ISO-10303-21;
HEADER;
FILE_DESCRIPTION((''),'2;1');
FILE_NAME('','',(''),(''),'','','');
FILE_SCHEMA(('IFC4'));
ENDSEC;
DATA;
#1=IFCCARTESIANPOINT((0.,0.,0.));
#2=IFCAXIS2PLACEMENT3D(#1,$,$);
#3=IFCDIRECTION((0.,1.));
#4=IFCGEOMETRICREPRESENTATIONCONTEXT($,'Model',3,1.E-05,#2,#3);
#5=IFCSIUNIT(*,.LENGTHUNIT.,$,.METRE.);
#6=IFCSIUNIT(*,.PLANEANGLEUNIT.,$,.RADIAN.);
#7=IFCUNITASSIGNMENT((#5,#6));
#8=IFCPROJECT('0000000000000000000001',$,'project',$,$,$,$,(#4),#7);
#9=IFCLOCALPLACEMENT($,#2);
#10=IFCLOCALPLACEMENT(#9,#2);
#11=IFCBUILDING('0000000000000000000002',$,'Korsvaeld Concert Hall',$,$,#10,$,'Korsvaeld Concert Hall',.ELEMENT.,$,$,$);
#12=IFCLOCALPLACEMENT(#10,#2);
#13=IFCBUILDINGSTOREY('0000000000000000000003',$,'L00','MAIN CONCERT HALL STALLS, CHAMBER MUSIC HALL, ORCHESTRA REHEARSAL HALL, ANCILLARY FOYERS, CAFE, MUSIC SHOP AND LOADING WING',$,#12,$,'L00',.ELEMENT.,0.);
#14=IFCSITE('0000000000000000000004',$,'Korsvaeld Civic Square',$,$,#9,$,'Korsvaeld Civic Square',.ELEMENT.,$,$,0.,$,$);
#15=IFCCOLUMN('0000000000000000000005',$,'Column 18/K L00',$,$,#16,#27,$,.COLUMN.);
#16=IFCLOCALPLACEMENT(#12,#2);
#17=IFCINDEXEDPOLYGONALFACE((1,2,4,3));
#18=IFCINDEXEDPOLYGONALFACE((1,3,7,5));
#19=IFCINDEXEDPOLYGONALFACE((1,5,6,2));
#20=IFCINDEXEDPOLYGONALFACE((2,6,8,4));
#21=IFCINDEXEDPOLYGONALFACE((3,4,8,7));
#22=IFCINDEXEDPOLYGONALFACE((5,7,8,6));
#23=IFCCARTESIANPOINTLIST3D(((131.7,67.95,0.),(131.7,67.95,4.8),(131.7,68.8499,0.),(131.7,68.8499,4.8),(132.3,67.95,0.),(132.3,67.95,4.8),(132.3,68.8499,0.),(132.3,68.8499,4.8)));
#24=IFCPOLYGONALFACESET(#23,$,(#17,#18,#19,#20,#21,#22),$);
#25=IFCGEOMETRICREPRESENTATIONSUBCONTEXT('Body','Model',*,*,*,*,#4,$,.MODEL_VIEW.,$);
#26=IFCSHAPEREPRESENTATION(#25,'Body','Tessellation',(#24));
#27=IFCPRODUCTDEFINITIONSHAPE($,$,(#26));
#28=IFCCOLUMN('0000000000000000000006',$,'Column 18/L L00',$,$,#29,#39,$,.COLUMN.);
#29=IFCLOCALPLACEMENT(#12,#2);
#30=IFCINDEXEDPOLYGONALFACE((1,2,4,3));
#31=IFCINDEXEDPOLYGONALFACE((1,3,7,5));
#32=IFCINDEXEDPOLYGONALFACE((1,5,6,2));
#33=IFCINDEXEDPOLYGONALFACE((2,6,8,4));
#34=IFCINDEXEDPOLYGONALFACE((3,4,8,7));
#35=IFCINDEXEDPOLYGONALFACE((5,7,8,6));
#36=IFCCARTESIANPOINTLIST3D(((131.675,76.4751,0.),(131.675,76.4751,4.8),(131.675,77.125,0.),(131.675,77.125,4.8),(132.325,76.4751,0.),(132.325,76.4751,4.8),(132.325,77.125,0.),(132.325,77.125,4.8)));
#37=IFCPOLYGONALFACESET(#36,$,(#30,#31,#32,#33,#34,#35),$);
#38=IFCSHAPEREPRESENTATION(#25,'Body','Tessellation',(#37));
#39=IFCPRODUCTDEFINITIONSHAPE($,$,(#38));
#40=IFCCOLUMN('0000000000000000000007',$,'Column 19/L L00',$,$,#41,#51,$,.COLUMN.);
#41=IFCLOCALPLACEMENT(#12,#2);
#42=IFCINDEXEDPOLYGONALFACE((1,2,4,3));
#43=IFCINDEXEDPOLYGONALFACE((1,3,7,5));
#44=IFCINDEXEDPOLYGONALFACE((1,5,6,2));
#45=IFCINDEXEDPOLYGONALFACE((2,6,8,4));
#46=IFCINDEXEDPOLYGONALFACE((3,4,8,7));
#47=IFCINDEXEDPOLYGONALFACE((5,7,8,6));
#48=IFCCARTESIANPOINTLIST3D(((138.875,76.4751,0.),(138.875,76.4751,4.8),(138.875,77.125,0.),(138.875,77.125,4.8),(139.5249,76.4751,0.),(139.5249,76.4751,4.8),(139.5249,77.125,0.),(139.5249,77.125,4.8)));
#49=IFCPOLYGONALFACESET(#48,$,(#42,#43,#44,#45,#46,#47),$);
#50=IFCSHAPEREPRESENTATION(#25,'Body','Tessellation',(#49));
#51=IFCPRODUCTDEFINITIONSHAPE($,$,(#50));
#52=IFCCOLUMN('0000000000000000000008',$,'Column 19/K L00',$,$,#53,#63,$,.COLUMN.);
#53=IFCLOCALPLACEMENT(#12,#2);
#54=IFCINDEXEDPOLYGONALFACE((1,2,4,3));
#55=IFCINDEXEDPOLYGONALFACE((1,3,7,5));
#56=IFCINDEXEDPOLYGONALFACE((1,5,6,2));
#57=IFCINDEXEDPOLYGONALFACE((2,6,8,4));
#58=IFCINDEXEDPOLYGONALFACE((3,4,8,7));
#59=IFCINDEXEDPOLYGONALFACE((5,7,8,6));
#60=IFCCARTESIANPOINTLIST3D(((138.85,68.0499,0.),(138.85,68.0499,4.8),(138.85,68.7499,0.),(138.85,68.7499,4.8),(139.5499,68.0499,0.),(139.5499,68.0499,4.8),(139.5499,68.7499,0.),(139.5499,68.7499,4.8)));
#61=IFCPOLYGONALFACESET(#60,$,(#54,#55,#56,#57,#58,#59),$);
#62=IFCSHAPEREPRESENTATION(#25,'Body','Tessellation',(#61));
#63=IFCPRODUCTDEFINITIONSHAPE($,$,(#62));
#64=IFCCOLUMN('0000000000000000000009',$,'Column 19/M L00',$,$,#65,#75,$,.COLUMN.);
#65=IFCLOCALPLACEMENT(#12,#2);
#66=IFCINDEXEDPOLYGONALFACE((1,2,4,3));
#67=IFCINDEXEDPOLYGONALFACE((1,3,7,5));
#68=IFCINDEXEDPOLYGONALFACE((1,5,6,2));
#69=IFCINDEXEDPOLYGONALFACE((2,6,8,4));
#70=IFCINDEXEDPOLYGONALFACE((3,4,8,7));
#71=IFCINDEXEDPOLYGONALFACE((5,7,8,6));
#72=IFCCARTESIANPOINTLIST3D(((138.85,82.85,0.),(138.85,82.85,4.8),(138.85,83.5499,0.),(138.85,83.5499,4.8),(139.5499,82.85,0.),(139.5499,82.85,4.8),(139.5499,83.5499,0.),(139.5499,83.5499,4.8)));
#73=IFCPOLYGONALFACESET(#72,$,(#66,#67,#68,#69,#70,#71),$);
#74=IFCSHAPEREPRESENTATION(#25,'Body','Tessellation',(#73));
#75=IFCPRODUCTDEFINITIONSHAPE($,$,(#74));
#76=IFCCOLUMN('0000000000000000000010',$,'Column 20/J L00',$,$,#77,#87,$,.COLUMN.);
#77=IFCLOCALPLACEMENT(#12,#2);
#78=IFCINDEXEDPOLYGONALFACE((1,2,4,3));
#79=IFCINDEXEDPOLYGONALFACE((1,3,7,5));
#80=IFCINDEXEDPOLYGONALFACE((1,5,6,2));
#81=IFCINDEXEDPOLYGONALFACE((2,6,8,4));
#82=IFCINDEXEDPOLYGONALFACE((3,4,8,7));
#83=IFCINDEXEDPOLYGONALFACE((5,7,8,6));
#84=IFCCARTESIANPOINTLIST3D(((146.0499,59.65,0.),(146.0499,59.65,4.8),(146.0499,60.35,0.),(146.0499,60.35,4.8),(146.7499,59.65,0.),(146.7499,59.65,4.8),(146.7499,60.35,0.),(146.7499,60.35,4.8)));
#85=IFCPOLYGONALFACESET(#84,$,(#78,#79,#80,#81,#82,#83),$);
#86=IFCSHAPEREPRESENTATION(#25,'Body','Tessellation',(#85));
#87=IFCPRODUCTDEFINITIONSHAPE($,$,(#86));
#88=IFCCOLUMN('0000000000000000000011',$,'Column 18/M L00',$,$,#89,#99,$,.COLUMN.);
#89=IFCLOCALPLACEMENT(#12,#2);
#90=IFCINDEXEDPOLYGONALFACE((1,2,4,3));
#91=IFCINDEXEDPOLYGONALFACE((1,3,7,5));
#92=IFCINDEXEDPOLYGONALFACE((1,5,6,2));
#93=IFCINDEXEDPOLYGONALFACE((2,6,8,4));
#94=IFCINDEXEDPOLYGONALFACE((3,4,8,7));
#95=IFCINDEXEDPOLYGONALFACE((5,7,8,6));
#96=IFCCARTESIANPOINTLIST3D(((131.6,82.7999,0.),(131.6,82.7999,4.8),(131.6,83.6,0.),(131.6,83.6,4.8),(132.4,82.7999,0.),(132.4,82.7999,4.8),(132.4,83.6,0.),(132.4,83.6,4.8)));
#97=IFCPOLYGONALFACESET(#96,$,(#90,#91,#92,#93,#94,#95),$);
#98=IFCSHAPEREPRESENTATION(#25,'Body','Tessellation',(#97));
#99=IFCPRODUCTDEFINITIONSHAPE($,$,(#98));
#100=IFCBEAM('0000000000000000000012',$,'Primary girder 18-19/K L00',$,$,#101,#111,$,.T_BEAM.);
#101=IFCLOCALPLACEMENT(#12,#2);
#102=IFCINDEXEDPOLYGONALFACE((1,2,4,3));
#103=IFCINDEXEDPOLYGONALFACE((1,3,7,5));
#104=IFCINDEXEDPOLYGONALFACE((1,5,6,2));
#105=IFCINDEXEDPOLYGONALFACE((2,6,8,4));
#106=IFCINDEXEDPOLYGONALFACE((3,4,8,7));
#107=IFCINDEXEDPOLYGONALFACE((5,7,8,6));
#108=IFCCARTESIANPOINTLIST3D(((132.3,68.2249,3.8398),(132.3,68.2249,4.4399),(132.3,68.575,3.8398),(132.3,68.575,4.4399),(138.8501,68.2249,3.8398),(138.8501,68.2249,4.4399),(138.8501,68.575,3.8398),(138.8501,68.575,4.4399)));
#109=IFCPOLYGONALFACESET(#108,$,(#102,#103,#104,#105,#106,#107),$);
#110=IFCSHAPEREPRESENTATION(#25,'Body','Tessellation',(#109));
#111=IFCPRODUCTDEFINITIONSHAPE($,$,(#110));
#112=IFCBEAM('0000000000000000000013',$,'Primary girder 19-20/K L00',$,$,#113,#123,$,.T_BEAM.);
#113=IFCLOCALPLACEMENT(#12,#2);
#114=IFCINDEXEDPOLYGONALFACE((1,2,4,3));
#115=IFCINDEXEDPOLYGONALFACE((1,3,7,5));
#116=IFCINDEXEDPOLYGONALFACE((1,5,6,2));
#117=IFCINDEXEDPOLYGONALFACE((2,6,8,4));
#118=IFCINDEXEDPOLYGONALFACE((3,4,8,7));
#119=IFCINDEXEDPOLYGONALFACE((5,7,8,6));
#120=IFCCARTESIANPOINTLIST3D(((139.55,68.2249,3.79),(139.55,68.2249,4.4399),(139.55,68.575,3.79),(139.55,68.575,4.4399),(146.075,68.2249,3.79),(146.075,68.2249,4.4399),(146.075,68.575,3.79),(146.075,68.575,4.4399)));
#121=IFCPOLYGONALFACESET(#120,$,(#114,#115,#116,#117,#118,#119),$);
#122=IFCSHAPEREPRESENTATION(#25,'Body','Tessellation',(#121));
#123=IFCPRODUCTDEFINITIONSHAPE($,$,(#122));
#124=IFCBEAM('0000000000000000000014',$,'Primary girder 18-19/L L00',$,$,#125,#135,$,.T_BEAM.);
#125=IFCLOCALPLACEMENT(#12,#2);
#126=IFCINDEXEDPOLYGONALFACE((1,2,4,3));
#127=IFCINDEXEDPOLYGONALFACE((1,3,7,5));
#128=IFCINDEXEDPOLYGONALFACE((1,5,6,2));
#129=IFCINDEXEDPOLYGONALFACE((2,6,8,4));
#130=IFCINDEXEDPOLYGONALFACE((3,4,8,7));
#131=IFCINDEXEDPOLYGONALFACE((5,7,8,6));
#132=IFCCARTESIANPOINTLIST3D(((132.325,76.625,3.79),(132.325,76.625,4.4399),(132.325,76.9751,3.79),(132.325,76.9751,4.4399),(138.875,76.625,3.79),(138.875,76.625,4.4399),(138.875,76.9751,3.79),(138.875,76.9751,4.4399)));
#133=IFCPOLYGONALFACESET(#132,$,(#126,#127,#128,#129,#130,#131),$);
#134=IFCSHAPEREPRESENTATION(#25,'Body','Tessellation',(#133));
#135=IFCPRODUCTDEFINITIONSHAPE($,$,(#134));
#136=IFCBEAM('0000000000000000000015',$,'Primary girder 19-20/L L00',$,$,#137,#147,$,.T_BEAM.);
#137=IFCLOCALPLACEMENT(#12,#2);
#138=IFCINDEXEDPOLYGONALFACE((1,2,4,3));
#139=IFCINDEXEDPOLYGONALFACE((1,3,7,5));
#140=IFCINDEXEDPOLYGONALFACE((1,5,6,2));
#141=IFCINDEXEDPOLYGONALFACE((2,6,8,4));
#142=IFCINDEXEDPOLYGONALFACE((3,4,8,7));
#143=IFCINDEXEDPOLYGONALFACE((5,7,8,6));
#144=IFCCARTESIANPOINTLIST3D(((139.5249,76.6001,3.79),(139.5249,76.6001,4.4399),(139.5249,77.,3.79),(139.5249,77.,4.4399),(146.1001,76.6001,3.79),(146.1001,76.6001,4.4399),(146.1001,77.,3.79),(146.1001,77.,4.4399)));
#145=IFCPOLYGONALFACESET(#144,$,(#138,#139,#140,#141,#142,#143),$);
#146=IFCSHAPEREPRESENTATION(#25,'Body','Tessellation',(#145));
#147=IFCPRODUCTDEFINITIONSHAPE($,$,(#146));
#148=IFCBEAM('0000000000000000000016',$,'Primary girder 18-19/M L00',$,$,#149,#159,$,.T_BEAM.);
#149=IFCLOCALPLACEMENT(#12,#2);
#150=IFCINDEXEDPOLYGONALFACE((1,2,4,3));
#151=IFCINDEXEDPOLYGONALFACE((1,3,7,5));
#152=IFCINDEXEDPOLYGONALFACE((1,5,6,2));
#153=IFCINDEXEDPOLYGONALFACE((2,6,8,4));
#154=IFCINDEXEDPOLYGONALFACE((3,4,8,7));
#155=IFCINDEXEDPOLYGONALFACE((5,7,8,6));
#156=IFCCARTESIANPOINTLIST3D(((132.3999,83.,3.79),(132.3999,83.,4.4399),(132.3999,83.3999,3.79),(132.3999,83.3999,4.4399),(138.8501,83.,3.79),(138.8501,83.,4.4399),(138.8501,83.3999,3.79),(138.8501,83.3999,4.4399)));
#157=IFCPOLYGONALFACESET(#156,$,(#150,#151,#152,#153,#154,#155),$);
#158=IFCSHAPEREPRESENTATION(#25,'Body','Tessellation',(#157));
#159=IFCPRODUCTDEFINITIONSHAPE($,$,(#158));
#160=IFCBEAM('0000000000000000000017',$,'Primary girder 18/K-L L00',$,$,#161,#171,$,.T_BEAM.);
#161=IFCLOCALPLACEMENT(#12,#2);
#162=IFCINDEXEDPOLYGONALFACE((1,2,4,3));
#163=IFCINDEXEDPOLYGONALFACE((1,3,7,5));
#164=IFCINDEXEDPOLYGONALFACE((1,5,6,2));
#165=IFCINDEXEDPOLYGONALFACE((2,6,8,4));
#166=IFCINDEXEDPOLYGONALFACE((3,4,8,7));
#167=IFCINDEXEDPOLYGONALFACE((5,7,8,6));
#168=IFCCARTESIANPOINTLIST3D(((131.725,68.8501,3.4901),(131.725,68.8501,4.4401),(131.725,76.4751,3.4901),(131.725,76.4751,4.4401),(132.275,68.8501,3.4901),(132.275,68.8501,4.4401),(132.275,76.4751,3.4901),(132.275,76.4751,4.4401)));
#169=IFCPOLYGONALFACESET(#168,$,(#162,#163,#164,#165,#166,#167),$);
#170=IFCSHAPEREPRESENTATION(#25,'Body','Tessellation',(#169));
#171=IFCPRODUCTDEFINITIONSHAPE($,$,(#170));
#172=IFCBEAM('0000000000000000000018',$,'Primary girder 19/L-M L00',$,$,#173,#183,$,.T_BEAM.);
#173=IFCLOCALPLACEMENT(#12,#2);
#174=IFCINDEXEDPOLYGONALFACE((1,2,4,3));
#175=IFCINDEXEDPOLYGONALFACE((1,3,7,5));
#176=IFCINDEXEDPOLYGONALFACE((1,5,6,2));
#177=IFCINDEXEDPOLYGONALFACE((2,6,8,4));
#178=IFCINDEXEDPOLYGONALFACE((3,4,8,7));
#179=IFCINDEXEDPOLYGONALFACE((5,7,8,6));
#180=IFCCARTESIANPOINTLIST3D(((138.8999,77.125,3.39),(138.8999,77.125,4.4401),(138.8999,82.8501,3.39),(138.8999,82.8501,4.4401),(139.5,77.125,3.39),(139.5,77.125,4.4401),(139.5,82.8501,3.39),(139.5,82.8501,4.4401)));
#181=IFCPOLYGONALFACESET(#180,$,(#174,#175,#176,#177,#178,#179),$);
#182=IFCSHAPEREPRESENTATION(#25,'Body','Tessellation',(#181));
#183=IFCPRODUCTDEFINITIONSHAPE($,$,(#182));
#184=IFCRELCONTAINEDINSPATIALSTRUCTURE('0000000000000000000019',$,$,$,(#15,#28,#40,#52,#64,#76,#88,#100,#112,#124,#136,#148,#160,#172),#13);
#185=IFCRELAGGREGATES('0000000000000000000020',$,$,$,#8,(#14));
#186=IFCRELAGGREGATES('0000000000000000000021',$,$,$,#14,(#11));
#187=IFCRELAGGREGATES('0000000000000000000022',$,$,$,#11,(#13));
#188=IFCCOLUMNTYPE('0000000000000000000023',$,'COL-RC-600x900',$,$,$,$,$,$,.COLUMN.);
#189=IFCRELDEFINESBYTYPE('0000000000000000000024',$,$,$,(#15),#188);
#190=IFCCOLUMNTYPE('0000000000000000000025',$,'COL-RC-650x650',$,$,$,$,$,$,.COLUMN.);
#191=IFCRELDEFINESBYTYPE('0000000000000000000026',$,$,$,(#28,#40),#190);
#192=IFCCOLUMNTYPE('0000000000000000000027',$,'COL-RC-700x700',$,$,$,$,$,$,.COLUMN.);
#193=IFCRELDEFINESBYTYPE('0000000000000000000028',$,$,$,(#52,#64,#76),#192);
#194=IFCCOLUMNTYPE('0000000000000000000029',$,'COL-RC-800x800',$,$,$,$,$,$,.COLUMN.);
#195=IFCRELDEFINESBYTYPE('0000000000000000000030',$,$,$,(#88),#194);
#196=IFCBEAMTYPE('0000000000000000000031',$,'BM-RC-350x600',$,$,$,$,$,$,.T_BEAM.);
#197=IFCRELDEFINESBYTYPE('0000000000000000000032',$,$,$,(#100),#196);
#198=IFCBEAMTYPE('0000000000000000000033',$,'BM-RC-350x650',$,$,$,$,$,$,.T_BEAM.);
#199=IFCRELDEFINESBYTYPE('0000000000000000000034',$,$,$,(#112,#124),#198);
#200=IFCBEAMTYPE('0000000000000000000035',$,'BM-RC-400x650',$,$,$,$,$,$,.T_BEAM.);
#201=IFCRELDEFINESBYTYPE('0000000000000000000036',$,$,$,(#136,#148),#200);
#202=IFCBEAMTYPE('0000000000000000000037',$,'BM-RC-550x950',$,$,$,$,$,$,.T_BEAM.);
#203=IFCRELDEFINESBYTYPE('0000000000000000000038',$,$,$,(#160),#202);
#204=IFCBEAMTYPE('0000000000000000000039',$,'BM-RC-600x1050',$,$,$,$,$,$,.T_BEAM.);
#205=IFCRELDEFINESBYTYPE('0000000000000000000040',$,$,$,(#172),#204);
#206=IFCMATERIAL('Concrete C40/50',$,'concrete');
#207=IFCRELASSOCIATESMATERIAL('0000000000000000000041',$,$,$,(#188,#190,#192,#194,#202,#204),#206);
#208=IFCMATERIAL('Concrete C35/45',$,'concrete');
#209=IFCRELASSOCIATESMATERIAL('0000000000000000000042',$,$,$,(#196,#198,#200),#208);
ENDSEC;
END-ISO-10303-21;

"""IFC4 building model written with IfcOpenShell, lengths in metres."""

from ifc_helpers import new_model, si_unit, direction, frame, origin, origin_2d, place, context, subcontext, project, spatial, rectangle, extrude, material, material_profile, profile_set, type_object, element, save


model = new_model("IFC4")

# Units and contexts
model_context = context("Model", 3, precision=1e-05, world=origin(), true_north=direction((0.0, 1.0)))
body_context = subcontext(model_context, "Body", "Model", "MODEL_VIEW")
ifc_project = project(units=[si_unit("LENGTHUNIT", "METRE"), si_unit("PLANEANGLEUNIT", "RADIAN")], contexts=[model_context])

# Site, building, storey
site_placement = place(None, origin())
site = spatial("IfcSite", under=ifc_project, at=site_placement, Name="Korsvaeld Civic Square", LongName="Korsvaeld Civic Square", CompositionType="ELEMENT", RefElevation=0.0)
building_placement = place(site_placement, origin())
building = spatial("IfcBuilding", under=site, at=building_placement, Name="Korsvaeld Concert Hall", LongName="Korsvaeld Concert Hall", CompositionType="ELEMENT")
storey_placement = place(building_placement, origin())
storey = spatial("IfcBuildingStorey", under=building, at=storey_placement, Name="L00", Description="MAIN CONCERT HALL STALLS, CHAMBER MUSIC HALL, ORCHESTRA REHEARSAL HALL, ANCILLARY FOYERS, CAFE, MUSIC SHOP AND LOADING WING", LongName="L00", CompositionType="ELEMENT", Elevation=0.0)

# Columns
ifc_material_1 = material(Name="Concrete C40/50", Category="concrete")
ifc_material_profile_1 = material_profile(ifc_material_1, rectangle(XDim=0.6001, YDim=0.8999, at=origin_2d()), Name="RC 600x900")
ifc_profile_set_1 = profile_set([ifc_material_profile_1], Name="Concrete C40/50")
column_type_1 = type_object("IfcColumnType", Name="COL-RC-600x900", PredefinedType="COLUMN", material=ifc_profile_set_1)
column_1_placement = place(storey_placement, frame((132.0, 68.3999, 0.0), z_axis=(0.0, 0.0, 1.0), x_axis=(1.0, 0.0, 0.0)))
element("IfcColumn", 1, at=column_1_placement, inside=storey, type_object=column_type_1, Name="Column 18/K L00", PredefinedType="COLUMN", context=body_context, shape_type="SweptSolid", body=[
    extrude(rectangle(XDim=0.6001, YDim=0.8999, at=origin_2d()), origin(), (0.0, 0.0, 1.0), 4.8),
])
ifc_material_profile_2 = material_profile(ifc_material_1, rectangle(XDim=0.6499, YDim=0.6499, at=origin_2d()), Name="RC 650x650")
ifc_profile_set_2 = profile_set([ifc_material_profile_2], Name="Concrete C40/50")
column_type_2 = type_object("IfcColumnType", Name="COL-RC-650x650", PredefinedType="COLUMN", material=ifc_profile_set_2)
for number, where, z_axis, x_axis, name in (
    (2, (132.0, 76.8, 0.0), (0.0, 0.0, 1.0), (1.0, 0.0, 0.0), "Column 18/L L00"),
    (3, (139.2, 76.8, 0.0), (0.0, 0.0, 1.0), (1.0, 0.0, 0.0), "Column 19/L L00"),
):
    element("IfcColumn", number, at=place(storey_placement, frame(where, z_axis=z_axis, x_axis=x_axis)), inside=storey, type_object=column_type_2, Name=name, PredefinedType="COLUMN", context=body_context, shape_type="SweptSolid", body=[
        extrude(rectangle(XDim=0.6499, YDim=0.6499, at=origin_2d()), origin(), (0.0, 0.0, 1.0), 4.8),
    ])
ifc_material_profile_3 = material_profile(ifc_material_1, rectangle(XDim=0.7, YDim=0.7, at=origin_2d()), Name="RC 700x700")
ifc_profile_set_3 = profile_set([ifc_material_profile_3], Name="Concrete C40/50")
column_type_3 = type_object("IfcColumnType", Name="COL-RC-700x700", PredefinedType="COLUMN", material=ifc_profile_set_3)
for number, where, z_axis, x_axis, name in (
    (4, (139.2, 68.3999, 0.0), (0.0, 0.0, 1.0), (1.0, 0.0, 0.0), "Column 19/K L00"),
    (5, (139.2, 83.2, 0.0), (0.0, 0.0, 1.0), (1.0, 0.0, 0.0), "Column 19/M L00"),
    (6, (146.3999, 60.0, 0.0), (0.0, 0.0, 1.0), (1.0, 0.0, 0.0), "Column 20/J L00"),
):
    element("IfcColumn", number, at=place(storey_placement, frame(where, z_axis=z_axis, x_axis=x_axis)), inside=storey, type_object=column_type_3, Name=name, PredefinedType="COLUMN", context=body_context, shape_type="SweptSolid", body=[
        extrude(rectangle(XDim=0.7, YDim=0.7, at=origin_2d()), origin(), (0.0, 0.0, 1.0), 4.8),
    ])
ifc_material_profile_4 = material_profile(ifc_material_1, rectangle(XDim=0.8, YDim=0.8, at=origin_2d()), Name="RC 800x800")
ifc_profile_set_4 = profile_set([ifc_material_profile_4], Name="Concrete C40/50")
column_type_4 = type_object("IfcColumnType", Name="COL-RC-800x800", PredefinedType="COLUMN", material=ifc_profile_set_4)
column_2_placement = place(storey_placement, frame((132.0, 83.2, 0.0), z_axis=(0.0, 0.0, 1.0), x_axis=(1.0, 0.0, 0.0)))
element("IfcColumn", 7, at=column_2_placement, inside=storey, type_object=column_type_4, Name="Column 18/M L00", PredefinedType="COLUMN", context=body_context, shape_type="SweptSolid", body=[
    extrude(rectangle(XDim=0.8, YDim=0.8, at=origin_2d()), origin(), (0.0, 0.0, 1.0), 4.8),
])

# Beams
ifc_material_2 = material(Name="Concrete C35/45", Category="concrete")
ifc_material_profile_5 = material_profile(ifc_material_2, rectangle(XDim=0.3501, YDim=0.6001, at=origin_2d()), Name="RC 350x600")
ifc_profile_set_5 = profile_set([ifc_material_profile_5], Name="Concrete C35/45")
beam_type_1 = type_object("IfcBeamType", Name="BM-RC-350x600", PredefinedType="T_BEAM", material=ifc_profile_set_5)
beam_1_placement = place(storey_placement, frame((132.3, 68.3999, 4.1399), z_axis=(1.0, 0.0, 0.0), x_axis=(0.0, 1.0, 0.0)))
element("IfcBeam", 8, at=beam_1_placement, inside=storey, type_object=beam_type_1, Name="Primary girder 18-19/K L00", PredefinedType="T_BEAM", context=body_context, shape_type="SweptSolid", body=[
    extrude(rectangle(XDim=0.3501, YDim=0.6001, at=origin_2d()), origin(), (0.0, 0.0, 1.0), 6.55),
])
ifc_material_profile_6 = material_profile(ifc_material_2, rectangle(XDim=0.3501, YDim=0.6499, at=origin_2d()), Name="RC 350x650")
ifc_profile_set_6 = profile_set([ifc_material_profile_6], Name="Concrete C35/45")
beam_type_2 = type_object("IfcBeamType", Name="BM-RC-350x650", PredefinedType="T_BEAM", material=ifc_profile_set_6)
beam_2_placement = place(storey_placement, frame((139.55, 68.3999, 4.115), z_axis=(1.0, 0.0, 0.0), x_axis=(0.0, 1.0, 0.0)))
element("IfcBeam", 9, at=beam_2_placement, inside=storey, type_object=beam_type_2, Name="Primary girder 19-20/K L00", PredefinedType="T_BEAM", context=body_context, shape_type="SweptSolid", body=[
    extrude(rectangle(XDim=0.3501, YDim=0.6499, at=origin_2d()), origin(), (0.0, 0.0, 1.0), 6.5249),
])
beam_3_placement = place(storey_placement, frame((132.325, 76.8, 4.115), z_axis=(1.0, 0.0, 0.0), x_axis=(0.0, 1.0, 0.0)))
element("IfcBeam", 10, at=beam_3_placement, inside=storey, type_object=beam_type_2, Name="Primary girder 18-19/L L00", PredefinedType="T_BEAM", context=body_context, shape_type="SweptSolid", body=[
    extrude(rectangle(XDim=0.3501, YDim=0.6499, at=origin_2d()), origin(), (0.0, 0.0, 1.0), 6.55),
])
ifc_material_profile_7 = material_profile(ifc_material_2, rectangle(XDim=0.3999, YDim=0.6499, at=origin_2d()), Name="RC 400x650")
ifc_profile_set_7 = profile_set([ifc_material_profile_7], Name="Concrete C35/45")
beam_type_3 = type_object("IfcBeamType", Name="BM-RC-400x650", PredefinedType="T_BEAM", material=ifc_profile_set_7)
beam_4_placement = place(storey_placement, frame((139.5249, 76.8, 4.115), z_axis=(1.0, 0.0, 0.0), x_axis=(0.0, 1.0, 0.0)))
element("IfcBeam", 11, at=beam_4_placement, inside=storey, type_object=beam_type_3, Name="Primary girder 19-20/L L00", PredefinedType="T_BEAM", context=body_context, shape_type="SweptSolid", body=[
    extrude(rectangle(XDim=0.3999, YDim=0.6499, at=origin_2d()), origin(), (0.0, 0.0, 1.0), 6.5752),
])
beam_5_placement = place(storey_placement, frame((132.3999, 83.2, 4.115), z_axis=(1.0, 0.0, 0.0), x_axis=(0.0, 1.0, 0.0)))
element("IfcBeam", 12, at=beam_5_placement, inside=storey, type_object=beam_type_3, Name="Primary girder 18-19/M L00", PredefinedType="T_BEAM", context=body_context, shape_type="SweptSolid", body=[
    extrude(rectangle(XDim=0.3999, YDim=0.6499, at=origin_2d()), origin(), (0.0, 0.0, 1.0), 6.4502),
])
ifc_material_profile_8 = material_profile(ifc_material_1, rectangle(XDim=0.55, YDim=0.95, at=origin_2d()), Name="RC 550x950")
ifc_profile_set_8 = profile_set([ifc_material_profile_8], Name="Concrete C40/50")
beam_type_4 = type_object("IfcBeamType", Name="BM-RC-550x950", PredefinedType="T_BEAM", material=ifc_profile_set_8)
beam_6_placement = place(storey_placement, frame((132.0, 68.8501, 3.9651), z_axis=(0.0, 1.0, 0.0), x_axis=(-1.0, 0.0, 0.0)))
element("IfcBeam", 13, at=beam_6_placement, inside=storey, type_object=beam_type_4, Name="Primary girder 18/K-L L00", PredefinedType="T_BEAM", context=body_context, shape_type="SweptSolid", body=[
    extrude(rectangle(XDim=0.55, YDim=0.95, at=origin_2d()), origin(), (0.0, 0.0, 1.0), 7.625),
])
ifc_material_profile_9 = material_profile(ifc_material_1, rectangle(XDim=0.6001, YDim=1.05, at=origin_2d()), Name="RC 600x1050")
ifc_profile_set_9 = profile_set([ifc_material_profile_9], Name="Concrete C40/50")
beam_type_5 = type_object("IfcBeamType", Name="BM-RC-600x1050", PredefinedType="T_BEAM", material=ifc_profile_set_9)
beam_7_placement = place(storey_placement, frame((139.2, 77.125, 3.915), z_axis=(0.0, 1.0, 0.0), x_axis=(-1.0, 0.0, 0.0)))
element("IfcBeam", 14, at=beam_7_placement, inside=storey, type_object=beam_type_5, Name="Primary girder 19/L-M L00", PredefinedType="T_BEAM", context=body_context, shape_type="SweptSolid", body=[
    extrude(rectangle(XDim=0.6001, YDim=1.05, at=origin_2d()), origin(), (0.0, 0.0, 1.0), 5.7251),
])

save(model, "model.ifc")
